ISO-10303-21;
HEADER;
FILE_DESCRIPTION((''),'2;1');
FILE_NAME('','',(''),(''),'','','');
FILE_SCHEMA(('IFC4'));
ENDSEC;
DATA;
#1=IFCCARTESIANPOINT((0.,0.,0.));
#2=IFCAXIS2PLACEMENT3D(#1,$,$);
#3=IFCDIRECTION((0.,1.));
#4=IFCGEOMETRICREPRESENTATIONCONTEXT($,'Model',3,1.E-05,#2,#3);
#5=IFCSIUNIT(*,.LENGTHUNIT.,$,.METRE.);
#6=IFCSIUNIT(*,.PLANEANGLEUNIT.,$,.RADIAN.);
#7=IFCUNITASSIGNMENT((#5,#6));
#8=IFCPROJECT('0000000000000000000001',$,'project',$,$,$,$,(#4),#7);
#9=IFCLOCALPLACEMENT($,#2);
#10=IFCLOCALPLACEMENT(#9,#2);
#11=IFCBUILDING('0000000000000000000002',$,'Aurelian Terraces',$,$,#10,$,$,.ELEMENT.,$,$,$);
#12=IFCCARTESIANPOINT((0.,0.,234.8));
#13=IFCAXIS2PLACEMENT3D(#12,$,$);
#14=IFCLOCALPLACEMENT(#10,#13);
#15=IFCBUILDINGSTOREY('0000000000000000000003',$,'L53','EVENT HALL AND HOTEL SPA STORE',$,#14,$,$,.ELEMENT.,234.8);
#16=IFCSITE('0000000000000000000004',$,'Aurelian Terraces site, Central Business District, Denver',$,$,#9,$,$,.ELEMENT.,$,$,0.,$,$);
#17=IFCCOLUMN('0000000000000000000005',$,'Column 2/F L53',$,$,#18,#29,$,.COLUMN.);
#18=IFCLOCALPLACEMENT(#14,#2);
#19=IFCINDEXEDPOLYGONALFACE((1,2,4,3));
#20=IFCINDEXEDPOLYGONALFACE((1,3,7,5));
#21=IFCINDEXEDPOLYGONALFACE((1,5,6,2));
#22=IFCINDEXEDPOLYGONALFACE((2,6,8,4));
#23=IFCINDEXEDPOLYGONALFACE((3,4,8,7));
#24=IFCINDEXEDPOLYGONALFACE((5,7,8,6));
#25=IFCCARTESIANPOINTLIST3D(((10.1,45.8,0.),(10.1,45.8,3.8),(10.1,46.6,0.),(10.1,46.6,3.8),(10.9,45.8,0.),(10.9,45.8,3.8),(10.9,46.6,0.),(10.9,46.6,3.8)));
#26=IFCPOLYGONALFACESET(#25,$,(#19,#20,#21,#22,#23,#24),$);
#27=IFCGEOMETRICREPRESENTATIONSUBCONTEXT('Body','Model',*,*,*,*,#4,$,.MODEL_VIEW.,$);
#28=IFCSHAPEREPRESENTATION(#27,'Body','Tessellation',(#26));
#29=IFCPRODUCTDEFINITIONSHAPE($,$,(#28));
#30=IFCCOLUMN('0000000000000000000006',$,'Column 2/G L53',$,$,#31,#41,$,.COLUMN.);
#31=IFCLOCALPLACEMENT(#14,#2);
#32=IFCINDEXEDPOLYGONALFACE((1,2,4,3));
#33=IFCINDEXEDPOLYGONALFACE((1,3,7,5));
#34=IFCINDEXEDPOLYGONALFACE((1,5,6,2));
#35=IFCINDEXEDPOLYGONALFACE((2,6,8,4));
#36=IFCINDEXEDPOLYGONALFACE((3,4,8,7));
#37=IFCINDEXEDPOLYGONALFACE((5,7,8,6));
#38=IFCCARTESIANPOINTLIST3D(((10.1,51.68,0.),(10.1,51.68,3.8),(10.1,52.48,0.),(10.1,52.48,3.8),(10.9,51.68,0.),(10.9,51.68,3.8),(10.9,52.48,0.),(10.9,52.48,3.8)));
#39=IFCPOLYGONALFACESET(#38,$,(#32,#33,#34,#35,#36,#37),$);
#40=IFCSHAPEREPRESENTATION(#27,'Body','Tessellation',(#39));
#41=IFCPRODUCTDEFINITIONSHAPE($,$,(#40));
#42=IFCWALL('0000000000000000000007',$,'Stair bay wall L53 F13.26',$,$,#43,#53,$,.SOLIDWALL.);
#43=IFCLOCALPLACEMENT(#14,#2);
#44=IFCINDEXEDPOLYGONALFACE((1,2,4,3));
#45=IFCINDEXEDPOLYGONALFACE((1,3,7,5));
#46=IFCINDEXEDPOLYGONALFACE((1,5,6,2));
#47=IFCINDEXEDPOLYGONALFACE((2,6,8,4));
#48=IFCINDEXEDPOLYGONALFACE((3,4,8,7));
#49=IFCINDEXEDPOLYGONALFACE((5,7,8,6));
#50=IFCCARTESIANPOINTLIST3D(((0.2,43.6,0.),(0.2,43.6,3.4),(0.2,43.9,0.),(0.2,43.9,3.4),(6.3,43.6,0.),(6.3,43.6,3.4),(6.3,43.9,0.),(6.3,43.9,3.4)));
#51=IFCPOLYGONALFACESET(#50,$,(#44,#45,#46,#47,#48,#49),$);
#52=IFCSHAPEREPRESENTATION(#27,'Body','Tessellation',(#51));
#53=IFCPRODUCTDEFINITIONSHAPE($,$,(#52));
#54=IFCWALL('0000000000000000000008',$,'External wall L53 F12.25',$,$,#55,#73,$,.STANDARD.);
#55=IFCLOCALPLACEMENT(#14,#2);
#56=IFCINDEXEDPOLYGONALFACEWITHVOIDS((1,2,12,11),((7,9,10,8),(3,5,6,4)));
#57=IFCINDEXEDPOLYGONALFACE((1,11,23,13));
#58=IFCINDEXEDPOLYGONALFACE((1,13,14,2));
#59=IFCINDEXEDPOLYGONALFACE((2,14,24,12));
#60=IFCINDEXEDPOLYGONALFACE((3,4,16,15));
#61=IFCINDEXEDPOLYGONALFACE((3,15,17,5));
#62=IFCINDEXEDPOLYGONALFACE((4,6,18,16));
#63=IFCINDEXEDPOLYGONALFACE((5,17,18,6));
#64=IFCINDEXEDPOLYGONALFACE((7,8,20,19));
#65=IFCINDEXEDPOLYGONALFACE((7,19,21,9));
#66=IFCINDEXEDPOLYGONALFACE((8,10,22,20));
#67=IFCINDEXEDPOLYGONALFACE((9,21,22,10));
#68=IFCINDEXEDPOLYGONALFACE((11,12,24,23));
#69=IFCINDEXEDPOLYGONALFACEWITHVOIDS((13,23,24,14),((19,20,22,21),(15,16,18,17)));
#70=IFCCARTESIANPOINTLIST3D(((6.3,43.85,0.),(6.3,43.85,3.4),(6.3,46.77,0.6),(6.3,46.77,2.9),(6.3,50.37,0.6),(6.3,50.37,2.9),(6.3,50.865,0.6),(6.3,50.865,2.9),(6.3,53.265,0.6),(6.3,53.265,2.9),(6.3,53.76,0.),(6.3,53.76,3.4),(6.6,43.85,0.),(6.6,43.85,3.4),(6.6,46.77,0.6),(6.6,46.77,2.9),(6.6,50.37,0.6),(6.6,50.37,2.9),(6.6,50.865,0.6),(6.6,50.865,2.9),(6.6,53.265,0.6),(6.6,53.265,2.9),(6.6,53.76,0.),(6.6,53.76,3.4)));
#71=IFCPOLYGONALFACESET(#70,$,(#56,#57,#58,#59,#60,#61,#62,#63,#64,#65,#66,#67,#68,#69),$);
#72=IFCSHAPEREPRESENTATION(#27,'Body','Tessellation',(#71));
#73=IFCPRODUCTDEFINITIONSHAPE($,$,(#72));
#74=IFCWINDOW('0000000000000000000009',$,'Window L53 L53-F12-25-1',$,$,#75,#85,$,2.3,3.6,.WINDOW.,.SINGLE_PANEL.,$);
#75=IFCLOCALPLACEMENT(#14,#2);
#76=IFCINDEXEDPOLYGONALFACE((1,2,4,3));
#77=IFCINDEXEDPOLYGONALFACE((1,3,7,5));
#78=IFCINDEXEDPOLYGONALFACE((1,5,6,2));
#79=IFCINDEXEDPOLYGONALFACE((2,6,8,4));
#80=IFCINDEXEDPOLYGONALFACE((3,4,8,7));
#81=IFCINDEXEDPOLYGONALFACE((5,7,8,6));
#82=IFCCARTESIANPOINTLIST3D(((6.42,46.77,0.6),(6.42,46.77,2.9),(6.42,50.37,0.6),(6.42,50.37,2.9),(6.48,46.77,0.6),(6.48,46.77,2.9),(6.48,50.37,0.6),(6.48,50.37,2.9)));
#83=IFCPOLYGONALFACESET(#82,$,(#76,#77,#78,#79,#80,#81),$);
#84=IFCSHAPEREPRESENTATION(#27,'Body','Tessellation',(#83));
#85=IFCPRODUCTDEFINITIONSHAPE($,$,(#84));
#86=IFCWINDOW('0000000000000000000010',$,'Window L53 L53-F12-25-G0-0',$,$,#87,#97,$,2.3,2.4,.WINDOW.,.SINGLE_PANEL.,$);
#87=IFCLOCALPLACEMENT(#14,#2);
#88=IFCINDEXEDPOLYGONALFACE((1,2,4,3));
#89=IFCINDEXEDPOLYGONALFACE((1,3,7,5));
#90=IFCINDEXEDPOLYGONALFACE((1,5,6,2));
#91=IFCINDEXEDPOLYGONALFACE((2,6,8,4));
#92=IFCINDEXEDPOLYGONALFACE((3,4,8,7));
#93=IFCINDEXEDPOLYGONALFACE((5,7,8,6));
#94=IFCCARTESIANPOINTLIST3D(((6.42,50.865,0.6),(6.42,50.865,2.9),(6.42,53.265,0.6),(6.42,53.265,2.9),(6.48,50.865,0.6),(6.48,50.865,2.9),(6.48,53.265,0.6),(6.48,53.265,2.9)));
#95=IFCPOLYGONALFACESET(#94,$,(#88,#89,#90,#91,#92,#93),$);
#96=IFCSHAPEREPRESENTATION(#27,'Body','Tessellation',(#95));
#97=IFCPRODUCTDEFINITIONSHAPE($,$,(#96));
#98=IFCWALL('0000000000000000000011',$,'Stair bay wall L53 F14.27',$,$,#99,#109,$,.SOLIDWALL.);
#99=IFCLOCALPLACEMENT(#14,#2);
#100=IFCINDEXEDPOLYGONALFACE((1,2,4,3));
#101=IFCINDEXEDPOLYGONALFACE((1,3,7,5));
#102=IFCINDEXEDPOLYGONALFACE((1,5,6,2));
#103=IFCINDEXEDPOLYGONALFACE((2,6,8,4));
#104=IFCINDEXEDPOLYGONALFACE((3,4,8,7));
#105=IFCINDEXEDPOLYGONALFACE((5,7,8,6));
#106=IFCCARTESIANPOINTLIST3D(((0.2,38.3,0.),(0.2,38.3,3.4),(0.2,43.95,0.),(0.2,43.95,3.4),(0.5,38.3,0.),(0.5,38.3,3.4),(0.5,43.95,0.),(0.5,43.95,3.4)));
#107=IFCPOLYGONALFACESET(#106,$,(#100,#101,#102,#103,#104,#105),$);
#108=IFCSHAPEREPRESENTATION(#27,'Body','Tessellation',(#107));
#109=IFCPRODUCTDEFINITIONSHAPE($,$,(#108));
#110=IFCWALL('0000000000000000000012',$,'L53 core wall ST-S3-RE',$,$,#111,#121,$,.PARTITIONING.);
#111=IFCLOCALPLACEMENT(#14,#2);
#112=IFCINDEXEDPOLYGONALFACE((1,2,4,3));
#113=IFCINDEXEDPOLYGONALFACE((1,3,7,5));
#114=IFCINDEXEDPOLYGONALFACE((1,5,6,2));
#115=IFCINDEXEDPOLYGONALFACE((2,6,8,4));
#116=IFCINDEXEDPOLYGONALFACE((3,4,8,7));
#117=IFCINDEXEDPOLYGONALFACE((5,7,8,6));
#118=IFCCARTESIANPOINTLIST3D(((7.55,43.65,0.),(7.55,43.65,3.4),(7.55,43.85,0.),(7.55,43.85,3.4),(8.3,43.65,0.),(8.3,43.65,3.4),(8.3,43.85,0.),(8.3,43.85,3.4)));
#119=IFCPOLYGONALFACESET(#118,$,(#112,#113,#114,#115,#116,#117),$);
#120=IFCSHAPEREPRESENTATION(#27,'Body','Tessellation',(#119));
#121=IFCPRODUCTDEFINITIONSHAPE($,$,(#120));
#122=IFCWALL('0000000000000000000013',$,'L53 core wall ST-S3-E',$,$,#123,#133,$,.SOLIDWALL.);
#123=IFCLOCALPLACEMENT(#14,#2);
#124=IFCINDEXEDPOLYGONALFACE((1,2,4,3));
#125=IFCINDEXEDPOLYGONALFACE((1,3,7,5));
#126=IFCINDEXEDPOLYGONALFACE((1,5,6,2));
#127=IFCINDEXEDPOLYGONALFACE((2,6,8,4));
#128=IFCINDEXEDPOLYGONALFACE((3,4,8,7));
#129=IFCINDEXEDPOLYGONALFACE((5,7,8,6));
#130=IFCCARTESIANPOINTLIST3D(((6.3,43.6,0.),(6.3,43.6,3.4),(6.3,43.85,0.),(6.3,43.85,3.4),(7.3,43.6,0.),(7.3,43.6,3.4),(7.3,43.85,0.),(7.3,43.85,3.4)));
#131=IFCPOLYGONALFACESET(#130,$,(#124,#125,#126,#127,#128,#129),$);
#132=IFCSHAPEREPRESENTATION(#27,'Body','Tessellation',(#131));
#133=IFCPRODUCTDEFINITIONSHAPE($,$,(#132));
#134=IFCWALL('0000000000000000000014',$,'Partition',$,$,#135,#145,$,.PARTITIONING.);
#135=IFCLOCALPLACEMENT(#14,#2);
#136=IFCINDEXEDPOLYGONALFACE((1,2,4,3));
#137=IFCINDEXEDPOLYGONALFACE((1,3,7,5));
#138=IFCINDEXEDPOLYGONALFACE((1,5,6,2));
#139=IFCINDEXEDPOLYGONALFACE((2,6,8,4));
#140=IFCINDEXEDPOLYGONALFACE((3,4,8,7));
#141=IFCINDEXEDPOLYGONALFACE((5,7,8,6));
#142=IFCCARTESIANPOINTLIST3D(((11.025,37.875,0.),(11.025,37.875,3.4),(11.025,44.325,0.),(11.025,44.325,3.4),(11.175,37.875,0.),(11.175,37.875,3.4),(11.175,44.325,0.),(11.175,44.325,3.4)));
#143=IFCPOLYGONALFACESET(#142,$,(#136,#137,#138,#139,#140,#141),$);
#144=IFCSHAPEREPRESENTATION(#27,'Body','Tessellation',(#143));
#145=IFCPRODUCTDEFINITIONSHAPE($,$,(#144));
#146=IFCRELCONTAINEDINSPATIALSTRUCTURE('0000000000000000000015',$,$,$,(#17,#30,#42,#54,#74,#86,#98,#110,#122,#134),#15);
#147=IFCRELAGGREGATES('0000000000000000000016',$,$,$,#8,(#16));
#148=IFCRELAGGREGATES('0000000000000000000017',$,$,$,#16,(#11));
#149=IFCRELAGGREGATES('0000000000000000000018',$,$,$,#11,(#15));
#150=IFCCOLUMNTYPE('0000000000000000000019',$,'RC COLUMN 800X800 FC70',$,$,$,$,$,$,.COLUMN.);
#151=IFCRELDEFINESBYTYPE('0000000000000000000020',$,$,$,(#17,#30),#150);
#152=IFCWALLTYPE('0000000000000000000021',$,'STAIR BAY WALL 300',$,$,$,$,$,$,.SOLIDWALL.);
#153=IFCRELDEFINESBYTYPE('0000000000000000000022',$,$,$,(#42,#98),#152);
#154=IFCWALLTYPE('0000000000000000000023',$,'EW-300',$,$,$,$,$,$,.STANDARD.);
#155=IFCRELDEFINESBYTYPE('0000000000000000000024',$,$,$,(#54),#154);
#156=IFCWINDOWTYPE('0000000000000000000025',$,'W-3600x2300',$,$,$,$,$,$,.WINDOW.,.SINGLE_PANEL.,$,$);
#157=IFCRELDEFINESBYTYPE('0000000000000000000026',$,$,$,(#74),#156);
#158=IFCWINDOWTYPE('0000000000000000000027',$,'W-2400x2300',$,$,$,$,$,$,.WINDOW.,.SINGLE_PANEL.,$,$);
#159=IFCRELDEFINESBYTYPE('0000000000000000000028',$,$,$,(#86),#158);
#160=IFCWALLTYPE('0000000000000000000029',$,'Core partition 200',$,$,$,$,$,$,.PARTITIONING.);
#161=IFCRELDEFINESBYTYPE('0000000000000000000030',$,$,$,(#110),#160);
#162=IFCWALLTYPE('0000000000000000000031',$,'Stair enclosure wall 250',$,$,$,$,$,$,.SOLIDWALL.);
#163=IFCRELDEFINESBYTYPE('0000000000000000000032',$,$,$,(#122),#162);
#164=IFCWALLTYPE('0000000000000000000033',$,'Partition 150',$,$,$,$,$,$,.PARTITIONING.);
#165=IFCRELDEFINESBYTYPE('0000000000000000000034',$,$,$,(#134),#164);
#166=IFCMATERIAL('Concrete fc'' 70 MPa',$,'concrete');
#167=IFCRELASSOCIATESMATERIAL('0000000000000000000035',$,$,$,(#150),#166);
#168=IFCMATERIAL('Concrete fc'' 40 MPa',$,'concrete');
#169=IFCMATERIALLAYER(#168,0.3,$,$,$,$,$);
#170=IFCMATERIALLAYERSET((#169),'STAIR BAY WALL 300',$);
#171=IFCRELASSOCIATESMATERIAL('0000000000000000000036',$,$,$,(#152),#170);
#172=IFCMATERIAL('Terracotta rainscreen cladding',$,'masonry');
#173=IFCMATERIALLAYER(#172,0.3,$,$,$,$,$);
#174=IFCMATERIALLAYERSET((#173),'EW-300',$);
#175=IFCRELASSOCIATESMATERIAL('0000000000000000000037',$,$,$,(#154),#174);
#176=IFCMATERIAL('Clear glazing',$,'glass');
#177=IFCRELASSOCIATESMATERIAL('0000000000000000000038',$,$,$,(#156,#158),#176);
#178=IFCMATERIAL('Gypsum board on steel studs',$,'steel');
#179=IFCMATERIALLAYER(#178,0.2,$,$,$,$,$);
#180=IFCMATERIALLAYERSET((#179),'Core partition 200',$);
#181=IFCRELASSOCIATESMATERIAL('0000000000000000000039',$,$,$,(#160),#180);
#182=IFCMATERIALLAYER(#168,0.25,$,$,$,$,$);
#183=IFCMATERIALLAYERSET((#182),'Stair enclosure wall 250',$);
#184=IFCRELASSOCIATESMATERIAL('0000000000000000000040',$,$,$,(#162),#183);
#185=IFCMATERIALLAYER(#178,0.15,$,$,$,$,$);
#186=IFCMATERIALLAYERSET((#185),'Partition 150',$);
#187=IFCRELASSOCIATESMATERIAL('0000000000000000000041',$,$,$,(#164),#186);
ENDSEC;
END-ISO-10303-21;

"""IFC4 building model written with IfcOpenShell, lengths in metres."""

from ifc_helpers import new_model, si_unit, direction, frame, frame_2d, origin, origin_2d, place, context, subcontext, project, spatial, rectangle, extrude, source, transform, mapped, material, layer, layer_set, material_profile, profile_set, type_object, element, fill, save


model = new_model("IFC4")

# Units and contexts
model_context = context("Model", 3, precision=1e-05, world=origin(), true_north=direction((0.0, 1.0)))
body_context = subcontext(model_context, "Body", "Model", "MODEL_VIEW")
ifc_project = project(units=[si_unit("LENGTHUNIT", "METRE"), si_unit("PLANEANGLEUNIT", "RADIAN")], contexts=[model_context])

# Site, building, storey
site_placement = place(None, origin())
site = spatial("IfcSite", under=ifc_project, at=site_placement, Name="Aurelian Terraces site, Central Business District, Denver", CompositionType="ELEMENT", RefElevation=0.0)
building_placement = place(site_placement, origin())
building = spatial("IfcBuilding", under=site, at=building_placement, Name="Aurelian Terraces", CompositionType="ELEMENT")
storey_placement = place(building_placement, frame((0.0, 0.0, 234.8)))
storey = spatial("IfcBuildingStorey", under=building, at=storey_placement, Name="L53", Description="EVENT HALL AND HOTEL SPA STORE", CompositionType="ELEMENT", Elevation=234.8)

# Columns
ifc_material_1 = material(Name="Concrete fc' 70 MPa", Category="concrete")
ifc_material_profile = material_profile(ifc_material_1, rectangle(XDim=0.8, YDim=0.8, at=origin_2d()))
ifc_profile_set = profile_set([ifc_material_profile], Name="Concrete fc' 70 MPa")
column_type = type_object("IfcColumnType", Name="RC COLUMN 800X800 FC70", PredefinedType="COLUMN", material=ifc_profile_set)
shared_shape_1 = source(origin(), body_context, "Body", "SweptSolid", [
    extrude(rectangle(XDim=0.8, YDim=0.8, at=origin_2d()), origin(), (0.0, 0.0, 1.0), 3.8),
])
for number, where, z_axis, x_axis, name in (
    (1, (10.5, 46.2, 0.0), (0.0, 0.0, 1.0), (1.0, 0.0, 0.0), "Column 2/F L53"),
    (2, (10.5, 52.08, 0.0), (0.0, 0.0, 1.0), (1.0, 0.0, 0.0), "Column 2/G L53"),
):
    element("IfcColumn", number, at=place(storey_placement, frame(where, z_axis=z_axis, x_axis=x_axis)), inside=storey, type_object=column_type, Name=name, PredefinedType="COLUMN", context=body_context, shape_type="MappedRepresentation", body=[
        mapped(shared_shape_1, transform((0.0, 0.0, 0.0), scale=1.0)),
    ])

# Wall
ifc_material_2 = material(Name="Concrete fc' 40 MPa", Category="concrete")
ifc_layer_1 = layer(ifc_material_2, 0.3)
ifc_layer_set_1 = layer_set([ifc_layer_1], Name="STAIR BAY WALL 300")
wall_type_1 = type_object("IfcWallType", Name="STAIR BAY WALL 300", PredefinedType="SOLIDWALL", material=ifc_layer_set_1)
shared_shape_2 = source(origin(), body_context, "Body", "SweptSolid", [
    extrude(rectangle(XDim=6.1, YDim=0.3, at=frame_2d((3.05, 0.0))), origin(), (0.0, 0.0, 1.0), 3.4),
])
wall_1_placement = place(storey_placement, frame((6.3, 43.75, 0.0), z_axis=(0.0, 0.0, 1.0), x_axis=(-1.0, 0.0, 0.0)))
element("IfcWall", 3, at=wall_1_placement, inside=storey, type_object=wall_type_1, Name="Stair bay wall L53 F13.26", PredefinedType="SOLIDWALL", context=body_context, shape_type="MappedRepresentation", body=[
    mapped(shared_shape_2, transform((0.0, 0.0, 0.0), scale=1.0)),
])

# Wall, openings, windows
ifc_material_3 = material(Name="Terracotta rainscreen cladding", Category="masonry")
ifc_layer_2 = layer(ifc_material_3, 0.3)
ifc_layer_set_2 = layer_set([ifc_layer_2], Name="EW-300")
wall_type_2 = type_object("IfcWallType", Name="EW-300", PredefinedType="STANDARD", material=ifc_layer_set_2)
shared_shape_3 = source(origin(), body_context, "Body", "SweptSolid", [
    extrude(rectangle(XDim=9.91, YDim=0.3, at=frame_2d((4.955, 0.0))), origin(), (0.0, 0.0, 1.0), 3.4),
])
wall_2_placement = place(storey_placement, frame((6.45, 53.76, 0.0), z_axis=(0.0, 0.0, 1.0), x_axis=(0.0, -1.0, 0.0)))
wall_2 = element("IfcWall", 4, at=wall_2_placement, inside=storey, type_object=wall_type_2, Name="External wall L53 F12.25", PredefinedType="STANDARD", context=body_context, shape_type="MappedRepresentation", body=[
    mapped(shared_shape_3, transform((0.0, 0.0, 0.0), scale=1.0)),
])
shared_shape_4 = source(origin(), body_context, "Body", "SweptSolid", [
    extrude(rectangle(XDim=3.6, YDim=2.3, at=frame_2d((1.8, 1.15))), frame((0.0, 0.16, 0.0), z_axis=(0.0, -1.0, 0.0), x_axis=(1.0, 0.0, 0.0)), (0.0, 0.0, 1.0), 0.32),
])
opening_1_placement = place(wall_2_placement, frame((3.39, 0.0, 0.6)))
opening_1 = element("IfcOpeningElement", 5, at=opening_1_placement, cuts=wall_2, PredefinedType="OPENING", context=body_context, shape_type="MappedRepresentation", body=[
    mapped(shared_shape_4, transform((0.0, 0.0, 0.0), scale=1.0)),
])
shared_shape_5 = source(origin(), body_context, "Body", "SweptSolid", [
    extrude(rectangle(XDim=2.4, YDim=2.3, at=frame_2d((1.2, 1.15))), frame((0.0, 0.16, 0.0), z_axis=(0.0, -1.0, 0.0), x_axis=(1.0, 0.0, 0.0)), (0.0, 0.0, 1.0), 0.32),
])
opening_2_placement = place(wall_2_placement, frame((0.495, 0.0, 0.6)))
opening_2 = element("IfcOpeningElement", 6, at=opening_2_placement, cuts=wall_2, PredefinedType="OPENING", context=body_context, shape_type="MappedRepresentation", body=[
    mapped(shared_shape_5, transform((0.0, 0.0, 0.0), scale=1.0)),
])
ifc_material_4 = material(Name="Clear glazing", Category="glass")
window_type_1 = type_object("IfcWindowType", Name="W-3600x2300", PartitioningType="SINGLE_PANEL", PredefinedType="WINDOW", material=ifc_material_4)
shared_shape_6 = source(origin(), body_context, "Body", "SweptSolid", [
    extrude(rectangle(XDim=3.6, YDim=2.3, at=frame_2d((1.8, 1.15))), frame((0.0, 0.03, 0.0), z_axis=(0.0, -1.0, 0.0), x_axis=(1.0, 0.0, 0.0)), (0.0, 0.0, 1.0), 0.06),
])
window_1_placement = place(opening_1_placement, origin())
window_1 = element("IfcWindow", 7, at=window_1_placement, inside=storey, type_object=window_type_1, Name="Window L53 L53-F12-25-1", OverallHeight=2.3, OverallWidth=3.6, PartitioningType="SINGLE_PANEL", PredefinedType="WINDOW", context=body_context, shape_type="MappedRepresentation", body=[
    mapped(shared_shape_6, transform((0.0, 0.0, 0.0), scale=1.0)),
])
fill(opening_1, window_1)
window_type_2 = type_object("IfcWindowType", Name="W-2400x2300", PartitioningType="SINGLE_PANEL", PredefinedType="WINDOW", material=ifc_material_4)
shared_shape_7 = source(origin(), body_context, "Body", "SweptSolid", [
    extrude(rectangle(XDim=2.4, YDim=2.3, at=frame_2d((1.2, 1.15))), frame((0.0, 0.03, 0.0), z_axis=(0.0, -1.0, 0.0), x_axis=(1.0, 0.0, 0.0)), (0.0, 0.0, 1.0), 0.06),
])
window_2_placement = place(opening_2_placement, origin())
window_2 = element("IfcWindow", 8, at=window_2_placement, inside=storey, type_object=window_type_2, Name="Window L53 L53-F12-25-G0-0", OverallHeight=2.3, OverallWidth=2.4, PartitioningType="SINGLE_PANEL", PredefinedType="WINDOW", context=body_context, shape_type="MappedRepresentation", body=[
    mapped(shared_shape_7, transform((0.0, 0.0, 0.0), scale=1.0)),
])
fill(opening_2, window_2)

# Walls
shared_shape_8 = source(origin(), body_context, "Body", "SweptSolid", [
    extrude(rectangle(XDim=5.65, YDim=0.3, at=frame_2d((2.825, 0.0))), origin(), (0.0, 0.0, 1.0), 3.4),
])
wall_3_placement = place(storey_placement, frame((0.35, 43.95, 0.0), z_axis=(0.0, 0.0, 1.0), x_axis=(0.0, -1.0, 0.0)))
element("IfcWall", 9, at=wall_3_placement, inside=storey, type_object=wall_type_1, Name="Stair bay wall L53 F14.27", PredefinedType="SOLIDWALL", context=body_context, shape_type="MappedRepresentation", body=[
    mapped(shared_shape_8, transform((0.0, 0.0, 0.0), scale=1.0)),
])
ifc_material_5 = material(Name="Gypsum board on steel studs", Category="steel")
ifc_layer_3 = layer(ifc_material_5, 0.2)
ifc_layer_set_3 = layer_set([ifc_layer_3], Name="Core partition 200")
wall_type_3 = type_object("IfcWallType", Name="Core partition 200", PredefinedType="PARTITIONING", material=ifc_layer_set_3)
shared_shape_9 = source(origin(), body_context, "Body", "SweptSolid", [
    extrude(rectangle(XDim=0.75, YDim=0.2, at=frame_2d((0.375, 0.0))), origin(), (0.0, 0.0, 1.0), 3.4),
])
wall_4_placement = place(storey_placement, frame((7.55, 43.75, 0.0), z_axis=(0.0, 0.0, 1.0), x_axis=(1.0, 0.0, 0.0)))
element("IfcWall", 10, at=wall_4_placement, inside=storey, type_object=wall_type_3, Name="L53 core wall ST-S3-RE", PredefinedType="PARTITIONING", context=body_context, shape_type="MappedRepresentation", body=[
    mapped(shared_shape_9, transform((0.0, 0.0, 0.0), scale=1.0)),
])
ifc_layer_4 = layer(ifc_material_2, 0.25)
ifc_layer_set_4 = layer_set([ifc_layer_4], Name="Stair enclosure wall 250")
wall_type_4 = type_object("IfcWallType", Name="Stair enclosure wall 250", PredefinedType="SOLIDWALL", material=ifc_layer_set_4)
shared_shape_10 = source(origin(), body_context, "Body", "SweptSolid", [
    extrude(rectangle(XDim=1.0, YDim=0.25, at=frame_2d((0.5, 0.0))), origin(), (0.0, 0.0, 1.0), 3.4),
])
wall_5_placement = place(storey_placement, frame((6.3, 43.725, 0.0), z_axis=(0.0, 0.0, 1.0), x_axis=(1.0, 0.0, 0.0)))
element("IfcWall", 11, at=wall_5_placement, inside=storey, type_object=wall_type_4, Name="L53 core wall ST-S3-E", PredefinedType="SOLIDWALL", context=body_context, shape_type="MappedRepresentation", body=[
    mapped(shared_shape_10, transform((0.0, 0.0, 0.0), scale=1.0)),
])
ifc_layer_5 = layer(ifc_material_5, 0.15)
ifc_layer_set_5 = layer_set([ifc_layer_5], Name="Partition 150")
wall_type_5 = type_object("IfcWallType", Name="Partition 150", PredefinedType="PARTITIONING", material=ifc_layer_set_5)
shared_shape_11 = source(origin(), body_context, "Body", "SweptSolid", [
    extrude(rectangle(XDim=6.45, YDim=0.15, at=frame_2d((3.225, 0.0))), origin(), (0.0, 0.0, 1.0), 3.4),
])
wall_6_placement = place(storey_placement, frame((11.1, 44.325, 0.0), z_axis=(0.0, 0.0, 1.0), x_axis=(0.0, -1.0, 0.0)))
element("IfcWall", 12, at=wall_6_placement, inside=storey, type_object=wall_type_5, Name="Partition", PredefinedType="PARTITIONING", context=body_context, shape_type="MappedRepresentation", body=[
    mapped(shared_shape_11, transform((0.0, 0.0, 0.0), scale=1.0)),
])

save(model, "model.ifc")
